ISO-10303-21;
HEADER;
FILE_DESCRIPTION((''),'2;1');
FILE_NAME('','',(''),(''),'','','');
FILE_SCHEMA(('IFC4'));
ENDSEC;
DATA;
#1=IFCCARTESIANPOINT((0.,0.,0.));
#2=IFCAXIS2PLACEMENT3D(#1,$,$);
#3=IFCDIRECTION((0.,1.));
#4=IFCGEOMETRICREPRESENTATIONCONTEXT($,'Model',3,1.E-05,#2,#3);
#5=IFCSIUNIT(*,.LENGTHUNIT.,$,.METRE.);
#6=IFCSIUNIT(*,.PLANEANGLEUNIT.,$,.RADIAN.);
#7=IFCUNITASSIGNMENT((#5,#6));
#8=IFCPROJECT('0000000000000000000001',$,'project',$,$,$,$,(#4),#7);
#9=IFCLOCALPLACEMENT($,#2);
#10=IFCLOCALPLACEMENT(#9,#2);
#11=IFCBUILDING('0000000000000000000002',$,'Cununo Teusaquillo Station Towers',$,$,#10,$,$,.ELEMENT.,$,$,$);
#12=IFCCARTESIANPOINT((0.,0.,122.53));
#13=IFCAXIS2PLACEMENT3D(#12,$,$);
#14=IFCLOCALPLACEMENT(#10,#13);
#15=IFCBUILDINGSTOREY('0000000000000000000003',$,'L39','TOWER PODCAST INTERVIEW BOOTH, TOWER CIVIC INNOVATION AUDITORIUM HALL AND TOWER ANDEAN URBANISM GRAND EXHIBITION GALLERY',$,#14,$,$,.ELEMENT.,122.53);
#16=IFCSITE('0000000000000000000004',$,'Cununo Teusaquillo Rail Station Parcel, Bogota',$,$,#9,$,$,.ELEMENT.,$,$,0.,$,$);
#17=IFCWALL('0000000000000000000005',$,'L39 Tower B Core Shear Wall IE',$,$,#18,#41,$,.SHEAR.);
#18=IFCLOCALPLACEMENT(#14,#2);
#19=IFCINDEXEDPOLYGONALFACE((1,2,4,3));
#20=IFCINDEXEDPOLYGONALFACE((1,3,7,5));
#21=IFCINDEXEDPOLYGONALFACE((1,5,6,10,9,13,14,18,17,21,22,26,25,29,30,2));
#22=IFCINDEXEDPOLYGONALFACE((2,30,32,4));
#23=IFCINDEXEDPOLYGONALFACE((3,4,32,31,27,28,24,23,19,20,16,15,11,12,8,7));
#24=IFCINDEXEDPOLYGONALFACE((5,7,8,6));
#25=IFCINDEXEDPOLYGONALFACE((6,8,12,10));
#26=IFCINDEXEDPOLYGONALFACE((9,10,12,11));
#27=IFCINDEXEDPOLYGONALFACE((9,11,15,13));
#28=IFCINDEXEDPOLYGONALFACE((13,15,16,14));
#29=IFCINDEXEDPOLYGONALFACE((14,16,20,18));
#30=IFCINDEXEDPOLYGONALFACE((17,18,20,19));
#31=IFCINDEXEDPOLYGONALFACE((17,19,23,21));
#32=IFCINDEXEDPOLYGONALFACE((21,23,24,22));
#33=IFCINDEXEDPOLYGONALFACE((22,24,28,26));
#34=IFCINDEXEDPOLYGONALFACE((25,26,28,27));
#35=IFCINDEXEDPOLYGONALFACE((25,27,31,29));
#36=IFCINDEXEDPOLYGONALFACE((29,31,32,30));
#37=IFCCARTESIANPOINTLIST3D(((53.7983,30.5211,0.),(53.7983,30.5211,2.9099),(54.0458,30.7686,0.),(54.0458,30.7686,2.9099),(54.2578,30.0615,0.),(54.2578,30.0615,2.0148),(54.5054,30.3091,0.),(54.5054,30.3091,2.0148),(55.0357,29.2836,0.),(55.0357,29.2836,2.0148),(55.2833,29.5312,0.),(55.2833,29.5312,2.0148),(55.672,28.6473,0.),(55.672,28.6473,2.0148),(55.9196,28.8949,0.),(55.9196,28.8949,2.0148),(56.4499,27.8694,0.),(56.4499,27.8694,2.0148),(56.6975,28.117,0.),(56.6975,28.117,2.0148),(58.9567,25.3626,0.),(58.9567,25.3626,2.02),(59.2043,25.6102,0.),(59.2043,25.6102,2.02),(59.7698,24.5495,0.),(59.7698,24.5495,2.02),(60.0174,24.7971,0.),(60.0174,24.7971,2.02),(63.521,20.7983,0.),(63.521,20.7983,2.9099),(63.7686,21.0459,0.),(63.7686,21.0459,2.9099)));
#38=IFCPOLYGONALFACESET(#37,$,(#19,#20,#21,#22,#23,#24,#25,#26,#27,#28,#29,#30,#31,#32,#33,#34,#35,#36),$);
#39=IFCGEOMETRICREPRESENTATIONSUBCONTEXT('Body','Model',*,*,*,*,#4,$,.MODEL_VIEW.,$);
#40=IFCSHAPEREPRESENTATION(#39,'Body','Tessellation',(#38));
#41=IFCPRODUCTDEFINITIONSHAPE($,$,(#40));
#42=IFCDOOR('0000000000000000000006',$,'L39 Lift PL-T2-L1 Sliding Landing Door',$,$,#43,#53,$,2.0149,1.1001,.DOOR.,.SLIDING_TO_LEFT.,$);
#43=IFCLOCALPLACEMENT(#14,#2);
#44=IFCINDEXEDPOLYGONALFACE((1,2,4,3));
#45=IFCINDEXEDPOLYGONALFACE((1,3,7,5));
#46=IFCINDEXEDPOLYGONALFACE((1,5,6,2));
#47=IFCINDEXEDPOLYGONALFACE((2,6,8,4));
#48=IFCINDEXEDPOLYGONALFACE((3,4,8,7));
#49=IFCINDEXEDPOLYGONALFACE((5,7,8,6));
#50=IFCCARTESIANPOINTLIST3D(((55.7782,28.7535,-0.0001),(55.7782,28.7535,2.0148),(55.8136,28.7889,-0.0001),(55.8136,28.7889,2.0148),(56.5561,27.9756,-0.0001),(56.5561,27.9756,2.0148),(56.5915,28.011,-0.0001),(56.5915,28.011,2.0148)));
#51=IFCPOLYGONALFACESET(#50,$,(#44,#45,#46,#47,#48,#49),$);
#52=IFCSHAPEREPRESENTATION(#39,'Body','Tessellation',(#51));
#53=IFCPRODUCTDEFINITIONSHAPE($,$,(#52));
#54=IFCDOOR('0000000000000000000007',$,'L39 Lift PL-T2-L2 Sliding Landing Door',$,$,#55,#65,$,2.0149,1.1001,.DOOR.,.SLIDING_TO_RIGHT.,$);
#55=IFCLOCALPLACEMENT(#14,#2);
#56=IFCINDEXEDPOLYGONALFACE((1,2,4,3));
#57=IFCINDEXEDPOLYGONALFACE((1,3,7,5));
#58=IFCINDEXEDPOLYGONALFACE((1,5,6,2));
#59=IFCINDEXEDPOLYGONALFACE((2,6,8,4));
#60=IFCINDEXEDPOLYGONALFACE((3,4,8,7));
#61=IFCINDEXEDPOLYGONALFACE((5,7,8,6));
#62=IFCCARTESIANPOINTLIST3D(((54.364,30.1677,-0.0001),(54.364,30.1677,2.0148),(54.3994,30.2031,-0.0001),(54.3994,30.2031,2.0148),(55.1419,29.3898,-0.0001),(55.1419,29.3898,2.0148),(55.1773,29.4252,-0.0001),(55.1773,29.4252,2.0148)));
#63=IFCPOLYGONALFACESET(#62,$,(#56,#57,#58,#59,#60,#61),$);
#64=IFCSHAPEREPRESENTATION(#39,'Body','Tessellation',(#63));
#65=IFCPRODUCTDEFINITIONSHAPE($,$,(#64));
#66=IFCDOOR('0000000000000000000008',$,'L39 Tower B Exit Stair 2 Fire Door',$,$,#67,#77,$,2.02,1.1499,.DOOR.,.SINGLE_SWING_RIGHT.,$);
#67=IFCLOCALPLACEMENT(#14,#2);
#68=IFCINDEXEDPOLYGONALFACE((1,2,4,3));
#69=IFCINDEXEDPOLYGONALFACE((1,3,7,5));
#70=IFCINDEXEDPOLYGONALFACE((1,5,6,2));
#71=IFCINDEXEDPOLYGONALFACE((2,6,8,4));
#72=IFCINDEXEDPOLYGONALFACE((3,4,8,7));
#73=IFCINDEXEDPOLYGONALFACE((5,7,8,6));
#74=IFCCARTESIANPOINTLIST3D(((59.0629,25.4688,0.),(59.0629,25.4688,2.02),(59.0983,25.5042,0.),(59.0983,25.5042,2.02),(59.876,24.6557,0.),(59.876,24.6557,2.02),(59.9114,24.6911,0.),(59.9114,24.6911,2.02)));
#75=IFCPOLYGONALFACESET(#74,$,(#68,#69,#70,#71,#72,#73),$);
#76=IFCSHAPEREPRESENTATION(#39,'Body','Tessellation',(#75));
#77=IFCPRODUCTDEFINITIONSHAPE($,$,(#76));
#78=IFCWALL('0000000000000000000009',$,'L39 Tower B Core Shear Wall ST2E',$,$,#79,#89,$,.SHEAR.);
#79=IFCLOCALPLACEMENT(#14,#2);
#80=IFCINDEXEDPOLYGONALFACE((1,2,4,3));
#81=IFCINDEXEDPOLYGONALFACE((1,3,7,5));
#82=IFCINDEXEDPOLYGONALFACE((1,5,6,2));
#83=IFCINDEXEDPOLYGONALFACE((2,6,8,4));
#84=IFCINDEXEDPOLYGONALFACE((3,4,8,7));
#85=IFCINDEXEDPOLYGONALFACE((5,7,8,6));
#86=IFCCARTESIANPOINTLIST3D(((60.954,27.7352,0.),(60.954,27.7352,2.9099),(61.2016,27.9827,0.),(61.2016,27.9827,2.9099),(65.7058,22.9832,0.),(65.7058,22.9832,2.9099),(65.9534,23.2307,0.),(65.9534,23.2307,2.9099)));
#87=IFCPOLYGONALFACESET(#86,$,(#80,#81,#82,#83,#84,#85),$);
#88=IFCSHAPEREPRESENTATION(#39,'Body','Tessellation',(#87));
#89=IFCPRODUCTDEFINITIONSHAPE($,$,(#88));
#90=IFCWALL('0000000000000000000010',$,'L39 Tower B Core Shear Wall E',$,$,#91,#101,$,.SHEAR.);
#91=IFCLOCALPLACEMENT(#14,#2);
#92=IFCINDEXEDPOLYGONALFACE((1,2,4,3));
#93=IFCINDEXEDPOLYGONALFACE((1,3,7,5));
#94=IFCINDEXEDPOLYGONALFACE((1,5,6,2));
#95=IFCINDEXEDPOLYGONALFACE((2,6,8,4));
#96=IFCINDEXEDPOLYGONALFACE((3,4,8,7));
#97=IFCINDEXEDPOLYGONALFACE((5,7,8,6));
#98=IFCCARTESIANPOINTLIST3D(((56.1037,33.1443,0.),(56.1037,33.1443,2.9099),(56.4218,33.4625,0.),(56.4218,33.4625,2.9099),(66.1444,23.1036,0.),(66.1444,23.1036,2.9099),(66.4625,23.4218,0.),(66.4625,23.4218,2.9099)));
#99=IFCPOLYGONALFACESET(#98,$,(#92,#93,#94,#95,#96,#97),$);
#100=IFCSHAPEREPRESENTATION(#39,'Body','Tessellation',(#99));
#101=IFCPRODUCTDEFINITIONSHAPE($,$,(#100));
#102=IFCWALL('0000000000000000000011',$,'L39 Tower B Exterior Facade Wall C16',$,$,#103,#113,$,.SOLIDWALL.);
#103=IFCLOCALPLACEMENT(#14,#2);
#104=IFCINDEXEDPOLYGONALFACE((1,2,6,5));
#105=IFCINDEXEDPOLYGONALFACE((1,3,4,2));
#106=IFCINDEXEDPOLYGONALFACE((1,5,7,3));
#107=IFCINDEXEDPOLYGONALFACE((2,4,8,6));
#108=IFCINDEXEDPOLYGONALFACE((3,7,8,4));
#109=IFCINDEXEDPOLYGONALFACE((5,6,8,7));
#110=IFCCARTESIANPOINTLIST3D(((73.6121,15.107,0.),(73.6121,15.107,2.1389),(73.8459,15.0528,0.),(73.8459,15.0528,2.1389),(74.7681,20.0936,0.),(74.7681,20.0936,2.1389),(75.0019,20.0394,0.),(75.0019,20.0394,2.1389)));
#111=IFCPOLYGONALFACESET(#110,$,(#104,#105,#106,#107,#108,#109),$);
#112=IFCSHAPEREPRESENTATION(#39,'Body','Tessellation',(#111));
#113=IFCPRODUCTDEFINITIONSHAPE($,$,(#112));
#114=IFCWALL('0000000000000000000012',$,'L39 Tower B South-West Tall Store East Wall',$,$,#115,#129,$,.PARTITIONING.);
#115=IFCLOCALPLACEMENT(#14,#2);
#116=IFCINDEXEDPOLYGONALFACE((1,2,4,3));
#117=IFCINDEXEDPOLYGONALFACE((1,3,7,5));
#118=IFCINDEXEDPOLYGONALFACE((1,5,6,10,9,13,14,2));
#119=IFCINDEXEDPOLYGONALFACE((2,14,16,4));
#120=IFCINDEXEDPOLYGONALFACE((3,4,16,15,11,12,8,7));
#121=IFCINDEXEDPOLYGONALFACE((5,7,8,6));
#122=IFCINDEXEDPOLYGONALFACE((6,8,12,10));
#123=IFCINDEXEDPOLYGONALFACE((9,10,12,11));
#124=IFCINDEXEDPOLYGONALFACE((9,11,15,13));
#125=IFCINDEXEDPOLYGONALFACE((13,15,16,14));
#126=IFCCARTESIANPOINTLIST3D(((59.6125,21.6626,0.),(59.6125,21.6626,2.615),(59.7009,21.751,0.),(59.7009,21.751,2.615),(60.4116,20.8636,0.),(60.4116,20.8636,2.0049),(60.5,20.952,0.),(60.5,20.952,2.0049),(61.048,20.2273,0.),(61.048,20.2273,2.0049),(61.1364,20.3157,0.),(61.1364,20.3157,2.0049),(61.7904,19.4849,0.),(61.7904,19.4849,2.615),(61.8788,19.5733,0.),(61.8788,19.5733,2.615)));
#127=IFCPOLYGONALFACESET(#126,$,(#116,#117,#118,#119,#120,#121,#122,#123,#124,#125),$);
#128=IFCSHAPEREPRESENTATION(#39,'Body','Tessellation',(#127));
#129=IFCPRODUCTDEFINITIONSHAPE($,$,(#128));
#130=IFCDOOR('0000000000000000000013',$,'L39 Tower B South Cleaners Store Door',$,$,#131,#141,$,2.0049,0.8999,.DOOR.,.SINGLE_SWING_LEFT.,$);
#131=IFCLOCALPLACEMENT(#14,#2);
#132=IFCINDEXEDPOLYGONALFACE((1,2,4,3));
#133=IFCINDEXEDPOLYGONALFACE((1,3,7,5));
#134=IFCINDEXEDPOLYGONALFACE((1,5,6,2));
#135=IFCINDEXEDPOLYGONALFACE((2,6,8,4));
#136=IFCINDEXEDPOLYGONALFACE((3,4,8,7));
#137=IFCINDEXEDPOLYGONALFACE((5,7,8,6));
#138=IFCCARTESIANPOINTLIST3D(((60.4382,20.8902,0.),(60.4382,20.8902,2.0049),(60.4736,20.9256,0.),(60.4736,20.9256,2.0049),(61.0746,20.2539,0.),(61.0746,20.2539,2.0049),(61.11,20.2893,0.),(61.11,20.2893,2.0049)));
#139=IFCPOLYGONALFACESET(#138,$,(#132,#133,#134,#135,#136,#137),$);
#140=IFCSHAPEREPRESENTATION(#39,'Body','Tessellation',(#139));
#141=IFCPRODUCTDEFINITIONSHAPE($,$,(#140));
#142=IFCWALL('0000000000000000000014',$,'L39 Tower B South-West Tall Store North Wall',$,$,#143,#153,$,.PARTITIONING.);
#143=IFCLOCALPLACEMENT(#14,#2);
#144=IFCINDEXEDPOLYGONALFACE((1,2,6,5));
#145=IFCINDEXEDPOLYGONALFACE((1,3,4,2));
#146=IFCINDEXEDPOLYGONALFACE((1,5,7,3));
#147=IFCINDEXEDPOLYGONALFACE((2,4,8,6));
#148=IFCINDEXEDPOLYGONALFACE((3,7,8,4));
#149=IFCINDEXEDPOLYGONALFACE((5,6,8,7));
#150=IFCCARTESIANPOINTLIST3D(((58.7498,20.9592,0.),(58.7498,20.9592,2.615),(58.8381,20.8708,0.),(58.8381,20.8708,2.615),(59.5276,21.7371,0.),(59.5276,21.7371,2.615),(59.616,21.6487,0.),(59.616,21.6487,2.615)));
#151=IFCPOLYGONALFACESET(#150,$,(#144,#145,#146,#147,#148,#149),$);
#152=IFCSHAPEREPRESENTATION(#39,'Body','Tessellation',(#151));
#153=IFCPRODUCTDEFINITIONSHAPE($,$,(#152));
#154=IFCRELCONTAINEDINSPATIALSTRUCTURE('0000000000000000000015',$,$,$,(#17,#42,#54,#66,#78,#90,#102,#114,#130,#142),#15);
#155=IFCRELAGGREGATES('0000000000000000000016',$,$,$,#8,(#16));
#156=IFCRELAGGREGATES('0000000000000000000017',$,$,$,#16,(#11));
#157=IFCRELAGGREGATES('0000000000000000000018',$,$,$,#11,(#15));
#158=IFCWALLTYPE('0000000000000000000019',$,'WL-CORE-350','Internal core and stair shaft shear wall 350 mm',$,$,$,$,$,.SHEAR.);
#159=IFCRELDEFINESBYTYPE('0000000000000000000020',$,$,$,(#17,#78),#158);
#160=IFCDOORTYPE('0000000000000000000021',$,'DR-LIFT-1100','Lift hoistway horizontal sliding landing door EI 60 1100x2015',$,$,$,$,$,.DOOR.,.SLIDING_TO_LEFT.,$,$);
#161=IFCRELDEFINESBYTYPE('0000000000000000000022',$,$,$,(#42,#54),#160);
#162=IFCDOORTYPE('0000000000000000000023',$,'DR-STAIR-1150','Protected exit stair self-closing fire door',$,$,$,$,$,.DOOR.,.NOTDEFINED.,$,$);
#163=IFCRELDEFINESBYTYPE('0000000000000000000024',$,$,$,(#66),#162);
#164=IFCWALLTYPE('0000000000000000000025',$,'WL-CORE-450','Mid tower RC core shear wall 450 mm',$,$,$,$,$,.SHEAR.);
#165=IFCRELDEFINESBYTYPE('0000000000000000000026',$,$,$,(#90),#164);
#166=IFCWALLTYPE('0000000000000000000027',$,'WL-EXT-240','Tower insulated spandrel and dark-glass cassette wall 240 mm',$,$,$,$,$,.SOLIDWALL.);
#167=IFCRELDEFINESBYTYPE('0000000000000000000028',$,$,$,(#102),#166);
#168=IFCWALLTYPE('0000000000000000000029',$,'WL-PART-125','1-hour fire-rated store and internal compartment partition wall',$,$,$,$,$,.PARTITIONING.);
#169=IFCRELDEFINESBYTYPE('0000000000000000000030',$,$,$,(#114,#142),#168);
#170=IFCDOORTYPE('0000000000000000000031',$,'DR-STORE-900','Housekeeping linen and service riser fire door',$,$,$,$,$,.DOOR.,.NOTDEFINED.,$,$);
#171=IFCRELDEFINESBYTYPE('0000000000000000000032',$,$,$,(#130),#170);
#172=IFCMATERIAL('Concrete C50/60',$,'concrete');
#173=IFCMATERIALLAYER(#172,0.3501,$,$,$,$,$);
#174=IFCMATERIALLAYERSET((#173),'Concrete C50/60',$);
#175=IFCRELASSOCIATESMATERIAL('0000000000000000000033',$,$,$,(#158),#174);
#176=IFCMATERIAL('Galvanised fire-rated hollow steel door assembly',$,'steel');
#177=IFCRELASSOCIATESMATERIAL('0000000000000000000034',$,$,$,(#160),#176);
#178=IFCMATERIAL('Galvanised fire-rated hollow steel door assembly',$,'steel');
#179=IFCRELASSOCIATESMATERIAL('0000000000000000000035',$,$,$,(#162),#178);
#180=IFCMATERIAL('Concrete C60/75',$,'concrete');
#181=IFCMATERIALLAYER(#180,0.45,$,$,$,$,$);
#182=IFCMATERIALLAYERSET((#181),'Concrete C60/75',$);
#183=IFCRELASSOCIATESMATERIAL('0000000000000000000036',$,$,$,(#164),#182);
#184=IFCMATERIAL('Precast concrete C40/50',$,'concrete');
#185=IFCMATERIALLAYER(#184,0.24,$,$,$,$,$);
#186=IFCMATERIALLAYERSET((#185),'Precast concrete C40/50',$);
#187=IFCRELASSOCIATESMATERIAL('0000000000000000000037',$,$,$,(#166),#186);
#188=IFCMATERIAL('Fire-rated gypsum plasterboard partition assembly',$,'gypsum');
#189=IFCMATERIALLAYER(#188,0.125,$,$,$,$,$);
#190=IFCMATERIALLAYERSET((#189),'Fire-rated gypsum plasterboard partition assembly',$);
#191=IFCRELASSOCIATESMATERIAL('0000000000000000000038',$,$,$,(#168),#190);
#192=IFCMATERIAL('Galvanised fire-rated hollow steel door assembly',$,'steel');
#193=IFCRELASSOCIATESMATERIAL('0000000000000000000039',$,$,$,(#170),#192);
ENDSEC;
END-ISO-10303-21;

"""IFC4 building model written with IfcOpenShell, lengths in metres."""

from ifc_helpers import new_model, si_unit, direction, frame, frame_2d, origin, place, context, subcontext, project, spatial, rectangle, extrude, source, transform, mapped, material, layer, layer_set, type_object, element, fill, save


model = new_model("IFC4")

# Units and contexts
model_context = context("Model", 3, precision=1e-05, world=origin(), true_north=direction((0.0, 1.0)))
body_context = subcontext(model_context, "Body", "Model", "MODEL_VIEW")
ifc_project = project(units=[si_unit("LENGTHUNIT", "METRE"), si_unit("PLANEANGLEUNIT", "RADIAN")], contexts=[model_context])

# Site, building, storey
site_placement = place(None, origin())
site = spatial("IfcSite", under=ifc_project, at=site_placement, Name="Cununo Teusaquillo Rail Station Parcel, Bogota", CompositionType="ELEMENT", RefElevation=0.0)
building_placement = place(site_placement, origin())
building = spatial("IfcBuilding", under=site, at=building_placement, Name="Cununo Teusaquillo Station Towers", CompositionType="ELEMENT")
storey_placement = place(building_placement, frame((0.0, 0.0, 122.53)))
storey = spatial("IfcBuildingStorey", under=building, at=storey_placement, Name="L39", Description="TOWER PODCAST INTERVIEW BOOTH, TOWER CIVIC INNOVATION AUDITORIUM HALL AND TOWER ANDEAN URBANISM GRAND EXHIBITION GALLERY", CompositionType="ELEMENT", Elevation=122.53)

# Wall, openings, doors
ifc_material_1 = material(Name="Concrete C50/60", Category="concrete")
ifc_layer_1 = layer(ifc_material_1, 0.3501)
ifc_layer_set_1 = layer_set([ifc_layer_1], Name="Concrete C50/60")
wall_type_1 = type_object("IfcWallType", Name="WL-CORE-350", Description="Internal core and stair shaft shear wall 350 mm", PredefinedType="SHEAR", material=ifc_layer_set_1)
shared_shape_1 = source(origin(), body_context, "Body", "SweptSolid", [
    extrude(rectangle(XDim=1.1001, YDim=2.0149, at=frame_2d((0.55, 1.0073))), frame((0.0, 0.1851, 0.0), z_axis=(0.0, -1.0, 0.0), x_axis=(1.0, 0.0, 0.0)), (0.0, 0.0, 1.0), 0.3701),
])
shared_shape_2 = source(origin(), body_context, "Body", "SweptSolid", [
    extrude(rectangle(XDim=1.1499, YDim=2.02, at=frame_2d((0.575, 1.01))), frame((0.0, 0.1851, 0.0), z_axis=(0.0, -1.0, 0.0), x_axis=(1.0, 0.0, 0.0)), (0.0, 0.0, 1.0), 0.3701),
])
ifc_material_2 = material(Name="Galvanised fire-rated hollow steel door assembly", Category="steel")
door_type_1 = type_object("IfcDoorType", Name="DR-LIFT-1100", Description="Lift hoistway horizontal sliding landing door EI 60 1100x2015", OperationType="SLIDING_TO_LEFT", PredefinedType="DOOR", material=ifc_material_2)
shared_shape_3 = source(origin(), body_context, "Body", "SweptSolid", [
    extrude(rectangle(XDim=1.1001, YDim=2.0149, at=frame_2d((0.55, 1.0073))), frame((0.0, 0.0249, 0.0), z_axis=(0.0, -1.0, 0.0), x_axis=(1.0, 0.0, 0.0)), (0.0, 0.0, 1.0), 0.05),
])
ifc_material_3 = material(Name="Galvanised fire-rated hollow steel door assembly", Category="steel")
door_type_2 = type_object("IfcDoorType", Name="DR-STAIR-1150", Description="Protected exit stair self-closing fire door", OperationType="NOTDEFINED", PredefinedType="DOOR", material=ifc_material_3)
shared_shape_4 = source(origin(), body_context, "Body", "SweptSolid", [
    extrude(rectangle(XDim=1.1499, YDim=2.02, at=frame_2d((0.575, 1.01))), frame((0.0, 0.0249, 0.0), z_axis=(0.0, -1.0, 0.0), x_axis=(1.0, 0.0, 0.0)), (0.0, 0.0, 1.0), 0.05),
])
wall_1_placement = place(storey_placement, frame((63.6448, 20.9221, 0.0), z_axis=(0.0, 0.0, 1.0), x_axis=(-0.707107, 0.707107, 0.0)))
wall_1 = element("IfcWall", 1, at=wall_1_placement, inside=storey, type_object=wall_type_1, Name="L39 Tower B Core Shear Wall IE", PredefinedType="SHEAR", context=body_context, shape_type="SweptSolid", body=[
    extrude(rectangle(XDim=13.75, YDim=0.3501, at=frame_2d((6.875, 0.0))), origin(), (0.0, 0.0, 1.0), 2.9099),
])
opening_1_placement = place(wall_1_placement, frame((10.0, 0.0, 0.0)))
opening_1 = element("IfcOpeningElement", 2, at=opening_1_placement, cuts=wall_1, PredefinedType="OPENING", context=body_context, shape_type="MappedRepresentation", body=[
    mapped(shared_shape_1, transform((0.0, 0.0, 0.0), x_axis=(1.0, 0.0, 0.0), y_axis=(0.0, 1.0, 0.0), z_axis=(0.0, 0.0, 1.0), scale=1.0)),
])
opening_2_placement = place(wall_1_placement, frame((12.0, 0.0, 0.0)))
opening_2 = element("IfcOpeningElement", 3, at=opening_2_placement, cuts=wall_1, PredefinedType="OPENING", context=body_context, shape_type="MappedRepresentation", body=[
    mapped(shared_shape_1, transform((0.0, 0.0, 0.0), x_axis=(1.0, 0.0, 0.0), y_axis=(0.0, 1.0, 0.0), z_axis=(0.0, 0.0, 1.0), scale=1.0)),
])
opening_3_placement = place(wall_1_placement, frame((5.3049, 0.0, 0.0)))
opening_3 = element("IfcOpeningElement", 4, at=opening_3_placement, cuts=wall_1, PredefinedType="OPENING", context=body_context, shape_type="MappedRepresentation", body=[
    mapped(shared_shape_2, transform((0.0, 0.0, 0.0), x_axis=(1.0, 0.0, 0.0), y_axis=(0.0, 1.0, 0.0), z_axis=(0.0, 0.0, 1.0), scale=1.0)),
])
door_1_placement = place(opening_1_placement, origin())
door_1 = element("IfcDoor", 5, at=door_1_placement, inside=storey, type_object=door_type_1, Name="L39 Lift PL-T2-L1 Sliding Landing Door", OperationType="SLIDING_TO_LEFT", OverallHeight=2.0149, OverallWidth=1.1001, PredefinedType="DOOR", context=body_context, shape_type="MappedRepresentation", body=[
    mapped(shared_shape_3, transform((0.0, 0.0, 0.0), x_axis=(1.0, 0.0, 0.0), y_axis=(0.0, 1.0, 0.0), z_axis=(0.0, 0.0, 1.0), scale=1.0)),
])
fill(opening_1, door_1)
door_2_placement = place(opening_2_placement, origin())
door_2 = element("IfcDoor", 6, at=door_2_placement, inside=storey, type_object=door_type_1, Name="L39 Lift PL-T2-L2 Sliding Landing Door", OperationType="SLIDING_TO_RIGHT", OverallHeight=2.0149, OverallWidth=1.1001, PredefinedType="DOOR", context=body_context, shape_type="MappedRepresentation", body=[
    mapped(shared_shape_3, transform((0.0, 0.0, 0.0), x_axis=(1.0, 0.0, 0.0), y_axis=(0.0, 1.0, 0.0), z_axis=(0.0, 0.0, 1.0), scale=1.0)),
])
fill(opening_2, door_2)
door_3_placement = place(opening_3_placement, origin())
door_3 = element("IfcDoor", 7, at=door_3_placement, inside=storey, type_object=door_type_2, Name="L39 Tower B Exit Stair 2 Fire Door", OperationType="SINGLE_SWING_RIGHT", OverallHeight=2.02, OverallWidth=1.1499, PredefinedType="DOOR", context=body_context, shape_type="MappedRepresentation", body=[
    mapped(shared_shape_4, transform((0.0, 0.0, 0.0), x_axis=(1.0, 0.0, 0.0), y_axis=(0.0, 1.0, 0.0), z_axis=(0.0, 0.0, 1.0), scale=1.0)),
])
fill(opening_3, door_3)

# Walls
wall_2_placement = place(storey_placement, frame((65.8296, 23.1069, 0.0), z_axis=(0.0, 0.0, 1.0), x_axis=(-0.707089, 0.707125, 0.0)))
element("IfcWall", 8, at=wall_2_placement, inside=storey, type_object=wall_type_1, Name="L39 Tower B Core Shear Wall ST2E", PredefinedType="SHEAR", context=body_context, shape_type="SweptSolid", body=[
    extrude(rectangle(XDim=6.7202, YDim=0.3501, at=frame_2d((3.3601, 0.0))), origin(), (0.0, 0.0, 1.0), 2.9099),
])
ifc_material_4 = material(Name="Concrete C60/75", Category="concrete")
ifc_layer_2 = layer(ifc_material_4, 0.45)
ifc_layer_set_2 = layer_set([ifc_layer_2], Name="Concrete C60/75")
wall_type_2 = type_object("IfcWallType", Name="WL-CORE-450", Description="Mid tower RC core shear wall 450 mm", PredefinedType="SHEAR", material=ifc_layer_set_2)
wall_3_placement = place(storey_placement, frame((66.3035, 23.2627, 0.0), z_axis=(0.0, 0.0, 1.0), x_axis=(-0.707107, 0.707107, 0.0)))
element("IfcWall", 9, at=wall_3_placement, inside=storey, type_object=wall_type_2, Name="L39 Tower B Core Shear Wall E", PredefinedType="SHEAR", context=body_context, shape_type="SweptSolid", body=[
    extrude(rectangle(XDim=14.1997, YDim=0.45, at=frame_2d((7.0999, 0.0))), origin(), (0.0, 0.0, 1.0), 2.9099),
])
ifc_material_5 = material(Name="Precast concrete C40/50", Category="concrete")
ifc_layer_3 = layer(ifc_material_5, 0.24)
ifc_layer_set_3 = layer_set([ifc_layer_3], Name="Precast concrete C40/50")
wall_type_3 = type_object("IfcWallType", Name="WL-EXT-240", Description="Tower insulated spandrel and dark-glass cassette wall 240 mm", PredefinedType="SOLIDWALL", material=ifc_layer_set_3)
wall_4_placement = place(storey_placement, frame((74.885, 20.0667, 0.0), z_axis=(0.0, 0.0, 1.0), x_axis=(-0.225835, -0.974166, 0.0)))
element("IfcWall", 10, at=wall_4_placement, inside=storey, type_object=wall_type_3, Name="L39 Tower B Exterior Facade Wall C16", PredefinedType="SOLIDWALL", context=body_context, shape_type="SweptSolid", body=[
    extrude(rectangle(XDim=5.1189, YDim=0.24, at=frame_2d((2.5596, 0.0))), origin(), (0.0, 0.0, 1.0), 2.1389),
])

# Wall, opening, door
ifc_material_6 = material(Name="Fire-rated gypsum plasterboard partition assembly", Category="gypsum")
ifc_layer_4 = layer(ifc_material_6, 0.125)
ifc_layer_set_4 = layer_set([ifc_layer_4], Name="Fire-rated gypsum plasterboard partition assembly")
wall_type_4 = type_object("IfcWallType", Name="WL-PART-125", Description="1-hour fire-rated store and internal compartment partition wall", PredefinedType="PARTITIONING", material=ifc_layer_set_4)
wall_5_placement = place(storey_placement, frame((61.8347, 19.5291, 0.0), z_axis=(0.0, 0.0, 1.0), x_axis=(-0.707146, 0.707067, 0.0)))
wall_5 = element("IfcWall", 11, at=wall_5_placement, inside=storey, type_object=wall_type_4, Name="L39 Tower B South-West Tall Store East Wall", PredefinedType="PARTITIONING", context=body_context, shape_type="SweptSolid", body=[
    extrude(rectangle(XDim=3.0798, YDim=0.125, at=frame_2d((1.54, 0.0))), origin(), (0.0, 0.0, 1.0), 2.615),
])
shared_shape_5 = source(origin(), body_context, "Body", "SweptSolid", [
    extrude(rectangle(XDim=0.8999, YDim=2.0049, at=frame_2d((0.45, 1.0024))), frame((0.0, 0.0725, 0.0), z_axis=(0.0, -1.0, 0.0), x_axis=(1.0, 0.0, 0.0)), (0.0, 0.0, 1.0), 0.145),
])
opening_4_placement = place(wall_5_placement, frame((1.05, 0.0, 0.0)))
opening_4 = element("IfcOpeningElement", 12, at=opening_4_placement, cuts=wall_5, PredefinedType="OPENING", context=body_context, shape_type="MappedRepresentation", body=[
    mapped(shared_shape_5, transform((0.0, 0.0, 0.0), x_axis=(1.0, 0.0, 0.0), y_axis=(0.0, 1.0, 0.0), z_axis=(0.0, 0.0, 1.0), scale=1.0)),
])
ifc_material_7 = material(Name="Galvanised fire-rated hollow steel door assembly", Category="steel")
door_type_3 = type_object("IfcDoorType", Name="DR-STORE-900", Description="Housekeeping linen and service riser fire door", OperationType="NOTDEFINED", PredefinedType="DOOR", material=ifc_material_7)
shared_shape_6 = source(origin(), body_context, "Body", "SweptSolid", [
    extrude(rectangle(XDim=0.8999, YDim=2.0049, at=frame_2d((0.45, 1.0024))), frame((0.0, 0.0249, 0.0), z_axis=(0.0, -1.0, 0.0), x_axis=(1.0, 0.0, 0.0)), (0.0, 0.0, 1.0), 0.05),
])
door_4_placement = place(opening_4_placement, origin())
door_4 = element("IfcDoor", 13, at=door_4_placement, inside=storey, type_object=door_type_3, Name="L39 Tower B South Cleaners Store Door", OperationType="SINGLE_SWING_LEFT", OverallHeight=2.0049, OverallWidth=0.8999, PredefinedType="DOOR", context=body_context, shape_type="MappedRepresentation", body=[
    mapped(shared_shape_6, transform((0.0, 0.0, 0.0), x_axis=(1.0, 0.0, 0.0), y_axis=(0.0, 1.0, 0.0), z_axis=(0.0, 0.0, 1.0), scale=1.0)),
])
fill(opening_4, door_4)

# Wall
wall_6_placement = place(storey_placement, frame((58.7939, 20.915, 0.0), z_axis=(0.0, 0.0, 1.0), x_axis=(0.707107, 0.707107, 0.0)))
element("IfcWall", 14, at=wall_6_placement, inside=storey, type_object=wall_type_4, Name="L39 Tower B South-West Tall Store North Wall", PredefinedType="PARTITIONING", context=body_context, shape_type="SweptSolid", body=[
    extrude(rectangle(XDim=1.1001, YDim=0.125, at=frame_2d((0.55, 0.0))), origin(), (0.0, 0.0, 1.0), 2.615),
])

save(model, "model.ifc")
